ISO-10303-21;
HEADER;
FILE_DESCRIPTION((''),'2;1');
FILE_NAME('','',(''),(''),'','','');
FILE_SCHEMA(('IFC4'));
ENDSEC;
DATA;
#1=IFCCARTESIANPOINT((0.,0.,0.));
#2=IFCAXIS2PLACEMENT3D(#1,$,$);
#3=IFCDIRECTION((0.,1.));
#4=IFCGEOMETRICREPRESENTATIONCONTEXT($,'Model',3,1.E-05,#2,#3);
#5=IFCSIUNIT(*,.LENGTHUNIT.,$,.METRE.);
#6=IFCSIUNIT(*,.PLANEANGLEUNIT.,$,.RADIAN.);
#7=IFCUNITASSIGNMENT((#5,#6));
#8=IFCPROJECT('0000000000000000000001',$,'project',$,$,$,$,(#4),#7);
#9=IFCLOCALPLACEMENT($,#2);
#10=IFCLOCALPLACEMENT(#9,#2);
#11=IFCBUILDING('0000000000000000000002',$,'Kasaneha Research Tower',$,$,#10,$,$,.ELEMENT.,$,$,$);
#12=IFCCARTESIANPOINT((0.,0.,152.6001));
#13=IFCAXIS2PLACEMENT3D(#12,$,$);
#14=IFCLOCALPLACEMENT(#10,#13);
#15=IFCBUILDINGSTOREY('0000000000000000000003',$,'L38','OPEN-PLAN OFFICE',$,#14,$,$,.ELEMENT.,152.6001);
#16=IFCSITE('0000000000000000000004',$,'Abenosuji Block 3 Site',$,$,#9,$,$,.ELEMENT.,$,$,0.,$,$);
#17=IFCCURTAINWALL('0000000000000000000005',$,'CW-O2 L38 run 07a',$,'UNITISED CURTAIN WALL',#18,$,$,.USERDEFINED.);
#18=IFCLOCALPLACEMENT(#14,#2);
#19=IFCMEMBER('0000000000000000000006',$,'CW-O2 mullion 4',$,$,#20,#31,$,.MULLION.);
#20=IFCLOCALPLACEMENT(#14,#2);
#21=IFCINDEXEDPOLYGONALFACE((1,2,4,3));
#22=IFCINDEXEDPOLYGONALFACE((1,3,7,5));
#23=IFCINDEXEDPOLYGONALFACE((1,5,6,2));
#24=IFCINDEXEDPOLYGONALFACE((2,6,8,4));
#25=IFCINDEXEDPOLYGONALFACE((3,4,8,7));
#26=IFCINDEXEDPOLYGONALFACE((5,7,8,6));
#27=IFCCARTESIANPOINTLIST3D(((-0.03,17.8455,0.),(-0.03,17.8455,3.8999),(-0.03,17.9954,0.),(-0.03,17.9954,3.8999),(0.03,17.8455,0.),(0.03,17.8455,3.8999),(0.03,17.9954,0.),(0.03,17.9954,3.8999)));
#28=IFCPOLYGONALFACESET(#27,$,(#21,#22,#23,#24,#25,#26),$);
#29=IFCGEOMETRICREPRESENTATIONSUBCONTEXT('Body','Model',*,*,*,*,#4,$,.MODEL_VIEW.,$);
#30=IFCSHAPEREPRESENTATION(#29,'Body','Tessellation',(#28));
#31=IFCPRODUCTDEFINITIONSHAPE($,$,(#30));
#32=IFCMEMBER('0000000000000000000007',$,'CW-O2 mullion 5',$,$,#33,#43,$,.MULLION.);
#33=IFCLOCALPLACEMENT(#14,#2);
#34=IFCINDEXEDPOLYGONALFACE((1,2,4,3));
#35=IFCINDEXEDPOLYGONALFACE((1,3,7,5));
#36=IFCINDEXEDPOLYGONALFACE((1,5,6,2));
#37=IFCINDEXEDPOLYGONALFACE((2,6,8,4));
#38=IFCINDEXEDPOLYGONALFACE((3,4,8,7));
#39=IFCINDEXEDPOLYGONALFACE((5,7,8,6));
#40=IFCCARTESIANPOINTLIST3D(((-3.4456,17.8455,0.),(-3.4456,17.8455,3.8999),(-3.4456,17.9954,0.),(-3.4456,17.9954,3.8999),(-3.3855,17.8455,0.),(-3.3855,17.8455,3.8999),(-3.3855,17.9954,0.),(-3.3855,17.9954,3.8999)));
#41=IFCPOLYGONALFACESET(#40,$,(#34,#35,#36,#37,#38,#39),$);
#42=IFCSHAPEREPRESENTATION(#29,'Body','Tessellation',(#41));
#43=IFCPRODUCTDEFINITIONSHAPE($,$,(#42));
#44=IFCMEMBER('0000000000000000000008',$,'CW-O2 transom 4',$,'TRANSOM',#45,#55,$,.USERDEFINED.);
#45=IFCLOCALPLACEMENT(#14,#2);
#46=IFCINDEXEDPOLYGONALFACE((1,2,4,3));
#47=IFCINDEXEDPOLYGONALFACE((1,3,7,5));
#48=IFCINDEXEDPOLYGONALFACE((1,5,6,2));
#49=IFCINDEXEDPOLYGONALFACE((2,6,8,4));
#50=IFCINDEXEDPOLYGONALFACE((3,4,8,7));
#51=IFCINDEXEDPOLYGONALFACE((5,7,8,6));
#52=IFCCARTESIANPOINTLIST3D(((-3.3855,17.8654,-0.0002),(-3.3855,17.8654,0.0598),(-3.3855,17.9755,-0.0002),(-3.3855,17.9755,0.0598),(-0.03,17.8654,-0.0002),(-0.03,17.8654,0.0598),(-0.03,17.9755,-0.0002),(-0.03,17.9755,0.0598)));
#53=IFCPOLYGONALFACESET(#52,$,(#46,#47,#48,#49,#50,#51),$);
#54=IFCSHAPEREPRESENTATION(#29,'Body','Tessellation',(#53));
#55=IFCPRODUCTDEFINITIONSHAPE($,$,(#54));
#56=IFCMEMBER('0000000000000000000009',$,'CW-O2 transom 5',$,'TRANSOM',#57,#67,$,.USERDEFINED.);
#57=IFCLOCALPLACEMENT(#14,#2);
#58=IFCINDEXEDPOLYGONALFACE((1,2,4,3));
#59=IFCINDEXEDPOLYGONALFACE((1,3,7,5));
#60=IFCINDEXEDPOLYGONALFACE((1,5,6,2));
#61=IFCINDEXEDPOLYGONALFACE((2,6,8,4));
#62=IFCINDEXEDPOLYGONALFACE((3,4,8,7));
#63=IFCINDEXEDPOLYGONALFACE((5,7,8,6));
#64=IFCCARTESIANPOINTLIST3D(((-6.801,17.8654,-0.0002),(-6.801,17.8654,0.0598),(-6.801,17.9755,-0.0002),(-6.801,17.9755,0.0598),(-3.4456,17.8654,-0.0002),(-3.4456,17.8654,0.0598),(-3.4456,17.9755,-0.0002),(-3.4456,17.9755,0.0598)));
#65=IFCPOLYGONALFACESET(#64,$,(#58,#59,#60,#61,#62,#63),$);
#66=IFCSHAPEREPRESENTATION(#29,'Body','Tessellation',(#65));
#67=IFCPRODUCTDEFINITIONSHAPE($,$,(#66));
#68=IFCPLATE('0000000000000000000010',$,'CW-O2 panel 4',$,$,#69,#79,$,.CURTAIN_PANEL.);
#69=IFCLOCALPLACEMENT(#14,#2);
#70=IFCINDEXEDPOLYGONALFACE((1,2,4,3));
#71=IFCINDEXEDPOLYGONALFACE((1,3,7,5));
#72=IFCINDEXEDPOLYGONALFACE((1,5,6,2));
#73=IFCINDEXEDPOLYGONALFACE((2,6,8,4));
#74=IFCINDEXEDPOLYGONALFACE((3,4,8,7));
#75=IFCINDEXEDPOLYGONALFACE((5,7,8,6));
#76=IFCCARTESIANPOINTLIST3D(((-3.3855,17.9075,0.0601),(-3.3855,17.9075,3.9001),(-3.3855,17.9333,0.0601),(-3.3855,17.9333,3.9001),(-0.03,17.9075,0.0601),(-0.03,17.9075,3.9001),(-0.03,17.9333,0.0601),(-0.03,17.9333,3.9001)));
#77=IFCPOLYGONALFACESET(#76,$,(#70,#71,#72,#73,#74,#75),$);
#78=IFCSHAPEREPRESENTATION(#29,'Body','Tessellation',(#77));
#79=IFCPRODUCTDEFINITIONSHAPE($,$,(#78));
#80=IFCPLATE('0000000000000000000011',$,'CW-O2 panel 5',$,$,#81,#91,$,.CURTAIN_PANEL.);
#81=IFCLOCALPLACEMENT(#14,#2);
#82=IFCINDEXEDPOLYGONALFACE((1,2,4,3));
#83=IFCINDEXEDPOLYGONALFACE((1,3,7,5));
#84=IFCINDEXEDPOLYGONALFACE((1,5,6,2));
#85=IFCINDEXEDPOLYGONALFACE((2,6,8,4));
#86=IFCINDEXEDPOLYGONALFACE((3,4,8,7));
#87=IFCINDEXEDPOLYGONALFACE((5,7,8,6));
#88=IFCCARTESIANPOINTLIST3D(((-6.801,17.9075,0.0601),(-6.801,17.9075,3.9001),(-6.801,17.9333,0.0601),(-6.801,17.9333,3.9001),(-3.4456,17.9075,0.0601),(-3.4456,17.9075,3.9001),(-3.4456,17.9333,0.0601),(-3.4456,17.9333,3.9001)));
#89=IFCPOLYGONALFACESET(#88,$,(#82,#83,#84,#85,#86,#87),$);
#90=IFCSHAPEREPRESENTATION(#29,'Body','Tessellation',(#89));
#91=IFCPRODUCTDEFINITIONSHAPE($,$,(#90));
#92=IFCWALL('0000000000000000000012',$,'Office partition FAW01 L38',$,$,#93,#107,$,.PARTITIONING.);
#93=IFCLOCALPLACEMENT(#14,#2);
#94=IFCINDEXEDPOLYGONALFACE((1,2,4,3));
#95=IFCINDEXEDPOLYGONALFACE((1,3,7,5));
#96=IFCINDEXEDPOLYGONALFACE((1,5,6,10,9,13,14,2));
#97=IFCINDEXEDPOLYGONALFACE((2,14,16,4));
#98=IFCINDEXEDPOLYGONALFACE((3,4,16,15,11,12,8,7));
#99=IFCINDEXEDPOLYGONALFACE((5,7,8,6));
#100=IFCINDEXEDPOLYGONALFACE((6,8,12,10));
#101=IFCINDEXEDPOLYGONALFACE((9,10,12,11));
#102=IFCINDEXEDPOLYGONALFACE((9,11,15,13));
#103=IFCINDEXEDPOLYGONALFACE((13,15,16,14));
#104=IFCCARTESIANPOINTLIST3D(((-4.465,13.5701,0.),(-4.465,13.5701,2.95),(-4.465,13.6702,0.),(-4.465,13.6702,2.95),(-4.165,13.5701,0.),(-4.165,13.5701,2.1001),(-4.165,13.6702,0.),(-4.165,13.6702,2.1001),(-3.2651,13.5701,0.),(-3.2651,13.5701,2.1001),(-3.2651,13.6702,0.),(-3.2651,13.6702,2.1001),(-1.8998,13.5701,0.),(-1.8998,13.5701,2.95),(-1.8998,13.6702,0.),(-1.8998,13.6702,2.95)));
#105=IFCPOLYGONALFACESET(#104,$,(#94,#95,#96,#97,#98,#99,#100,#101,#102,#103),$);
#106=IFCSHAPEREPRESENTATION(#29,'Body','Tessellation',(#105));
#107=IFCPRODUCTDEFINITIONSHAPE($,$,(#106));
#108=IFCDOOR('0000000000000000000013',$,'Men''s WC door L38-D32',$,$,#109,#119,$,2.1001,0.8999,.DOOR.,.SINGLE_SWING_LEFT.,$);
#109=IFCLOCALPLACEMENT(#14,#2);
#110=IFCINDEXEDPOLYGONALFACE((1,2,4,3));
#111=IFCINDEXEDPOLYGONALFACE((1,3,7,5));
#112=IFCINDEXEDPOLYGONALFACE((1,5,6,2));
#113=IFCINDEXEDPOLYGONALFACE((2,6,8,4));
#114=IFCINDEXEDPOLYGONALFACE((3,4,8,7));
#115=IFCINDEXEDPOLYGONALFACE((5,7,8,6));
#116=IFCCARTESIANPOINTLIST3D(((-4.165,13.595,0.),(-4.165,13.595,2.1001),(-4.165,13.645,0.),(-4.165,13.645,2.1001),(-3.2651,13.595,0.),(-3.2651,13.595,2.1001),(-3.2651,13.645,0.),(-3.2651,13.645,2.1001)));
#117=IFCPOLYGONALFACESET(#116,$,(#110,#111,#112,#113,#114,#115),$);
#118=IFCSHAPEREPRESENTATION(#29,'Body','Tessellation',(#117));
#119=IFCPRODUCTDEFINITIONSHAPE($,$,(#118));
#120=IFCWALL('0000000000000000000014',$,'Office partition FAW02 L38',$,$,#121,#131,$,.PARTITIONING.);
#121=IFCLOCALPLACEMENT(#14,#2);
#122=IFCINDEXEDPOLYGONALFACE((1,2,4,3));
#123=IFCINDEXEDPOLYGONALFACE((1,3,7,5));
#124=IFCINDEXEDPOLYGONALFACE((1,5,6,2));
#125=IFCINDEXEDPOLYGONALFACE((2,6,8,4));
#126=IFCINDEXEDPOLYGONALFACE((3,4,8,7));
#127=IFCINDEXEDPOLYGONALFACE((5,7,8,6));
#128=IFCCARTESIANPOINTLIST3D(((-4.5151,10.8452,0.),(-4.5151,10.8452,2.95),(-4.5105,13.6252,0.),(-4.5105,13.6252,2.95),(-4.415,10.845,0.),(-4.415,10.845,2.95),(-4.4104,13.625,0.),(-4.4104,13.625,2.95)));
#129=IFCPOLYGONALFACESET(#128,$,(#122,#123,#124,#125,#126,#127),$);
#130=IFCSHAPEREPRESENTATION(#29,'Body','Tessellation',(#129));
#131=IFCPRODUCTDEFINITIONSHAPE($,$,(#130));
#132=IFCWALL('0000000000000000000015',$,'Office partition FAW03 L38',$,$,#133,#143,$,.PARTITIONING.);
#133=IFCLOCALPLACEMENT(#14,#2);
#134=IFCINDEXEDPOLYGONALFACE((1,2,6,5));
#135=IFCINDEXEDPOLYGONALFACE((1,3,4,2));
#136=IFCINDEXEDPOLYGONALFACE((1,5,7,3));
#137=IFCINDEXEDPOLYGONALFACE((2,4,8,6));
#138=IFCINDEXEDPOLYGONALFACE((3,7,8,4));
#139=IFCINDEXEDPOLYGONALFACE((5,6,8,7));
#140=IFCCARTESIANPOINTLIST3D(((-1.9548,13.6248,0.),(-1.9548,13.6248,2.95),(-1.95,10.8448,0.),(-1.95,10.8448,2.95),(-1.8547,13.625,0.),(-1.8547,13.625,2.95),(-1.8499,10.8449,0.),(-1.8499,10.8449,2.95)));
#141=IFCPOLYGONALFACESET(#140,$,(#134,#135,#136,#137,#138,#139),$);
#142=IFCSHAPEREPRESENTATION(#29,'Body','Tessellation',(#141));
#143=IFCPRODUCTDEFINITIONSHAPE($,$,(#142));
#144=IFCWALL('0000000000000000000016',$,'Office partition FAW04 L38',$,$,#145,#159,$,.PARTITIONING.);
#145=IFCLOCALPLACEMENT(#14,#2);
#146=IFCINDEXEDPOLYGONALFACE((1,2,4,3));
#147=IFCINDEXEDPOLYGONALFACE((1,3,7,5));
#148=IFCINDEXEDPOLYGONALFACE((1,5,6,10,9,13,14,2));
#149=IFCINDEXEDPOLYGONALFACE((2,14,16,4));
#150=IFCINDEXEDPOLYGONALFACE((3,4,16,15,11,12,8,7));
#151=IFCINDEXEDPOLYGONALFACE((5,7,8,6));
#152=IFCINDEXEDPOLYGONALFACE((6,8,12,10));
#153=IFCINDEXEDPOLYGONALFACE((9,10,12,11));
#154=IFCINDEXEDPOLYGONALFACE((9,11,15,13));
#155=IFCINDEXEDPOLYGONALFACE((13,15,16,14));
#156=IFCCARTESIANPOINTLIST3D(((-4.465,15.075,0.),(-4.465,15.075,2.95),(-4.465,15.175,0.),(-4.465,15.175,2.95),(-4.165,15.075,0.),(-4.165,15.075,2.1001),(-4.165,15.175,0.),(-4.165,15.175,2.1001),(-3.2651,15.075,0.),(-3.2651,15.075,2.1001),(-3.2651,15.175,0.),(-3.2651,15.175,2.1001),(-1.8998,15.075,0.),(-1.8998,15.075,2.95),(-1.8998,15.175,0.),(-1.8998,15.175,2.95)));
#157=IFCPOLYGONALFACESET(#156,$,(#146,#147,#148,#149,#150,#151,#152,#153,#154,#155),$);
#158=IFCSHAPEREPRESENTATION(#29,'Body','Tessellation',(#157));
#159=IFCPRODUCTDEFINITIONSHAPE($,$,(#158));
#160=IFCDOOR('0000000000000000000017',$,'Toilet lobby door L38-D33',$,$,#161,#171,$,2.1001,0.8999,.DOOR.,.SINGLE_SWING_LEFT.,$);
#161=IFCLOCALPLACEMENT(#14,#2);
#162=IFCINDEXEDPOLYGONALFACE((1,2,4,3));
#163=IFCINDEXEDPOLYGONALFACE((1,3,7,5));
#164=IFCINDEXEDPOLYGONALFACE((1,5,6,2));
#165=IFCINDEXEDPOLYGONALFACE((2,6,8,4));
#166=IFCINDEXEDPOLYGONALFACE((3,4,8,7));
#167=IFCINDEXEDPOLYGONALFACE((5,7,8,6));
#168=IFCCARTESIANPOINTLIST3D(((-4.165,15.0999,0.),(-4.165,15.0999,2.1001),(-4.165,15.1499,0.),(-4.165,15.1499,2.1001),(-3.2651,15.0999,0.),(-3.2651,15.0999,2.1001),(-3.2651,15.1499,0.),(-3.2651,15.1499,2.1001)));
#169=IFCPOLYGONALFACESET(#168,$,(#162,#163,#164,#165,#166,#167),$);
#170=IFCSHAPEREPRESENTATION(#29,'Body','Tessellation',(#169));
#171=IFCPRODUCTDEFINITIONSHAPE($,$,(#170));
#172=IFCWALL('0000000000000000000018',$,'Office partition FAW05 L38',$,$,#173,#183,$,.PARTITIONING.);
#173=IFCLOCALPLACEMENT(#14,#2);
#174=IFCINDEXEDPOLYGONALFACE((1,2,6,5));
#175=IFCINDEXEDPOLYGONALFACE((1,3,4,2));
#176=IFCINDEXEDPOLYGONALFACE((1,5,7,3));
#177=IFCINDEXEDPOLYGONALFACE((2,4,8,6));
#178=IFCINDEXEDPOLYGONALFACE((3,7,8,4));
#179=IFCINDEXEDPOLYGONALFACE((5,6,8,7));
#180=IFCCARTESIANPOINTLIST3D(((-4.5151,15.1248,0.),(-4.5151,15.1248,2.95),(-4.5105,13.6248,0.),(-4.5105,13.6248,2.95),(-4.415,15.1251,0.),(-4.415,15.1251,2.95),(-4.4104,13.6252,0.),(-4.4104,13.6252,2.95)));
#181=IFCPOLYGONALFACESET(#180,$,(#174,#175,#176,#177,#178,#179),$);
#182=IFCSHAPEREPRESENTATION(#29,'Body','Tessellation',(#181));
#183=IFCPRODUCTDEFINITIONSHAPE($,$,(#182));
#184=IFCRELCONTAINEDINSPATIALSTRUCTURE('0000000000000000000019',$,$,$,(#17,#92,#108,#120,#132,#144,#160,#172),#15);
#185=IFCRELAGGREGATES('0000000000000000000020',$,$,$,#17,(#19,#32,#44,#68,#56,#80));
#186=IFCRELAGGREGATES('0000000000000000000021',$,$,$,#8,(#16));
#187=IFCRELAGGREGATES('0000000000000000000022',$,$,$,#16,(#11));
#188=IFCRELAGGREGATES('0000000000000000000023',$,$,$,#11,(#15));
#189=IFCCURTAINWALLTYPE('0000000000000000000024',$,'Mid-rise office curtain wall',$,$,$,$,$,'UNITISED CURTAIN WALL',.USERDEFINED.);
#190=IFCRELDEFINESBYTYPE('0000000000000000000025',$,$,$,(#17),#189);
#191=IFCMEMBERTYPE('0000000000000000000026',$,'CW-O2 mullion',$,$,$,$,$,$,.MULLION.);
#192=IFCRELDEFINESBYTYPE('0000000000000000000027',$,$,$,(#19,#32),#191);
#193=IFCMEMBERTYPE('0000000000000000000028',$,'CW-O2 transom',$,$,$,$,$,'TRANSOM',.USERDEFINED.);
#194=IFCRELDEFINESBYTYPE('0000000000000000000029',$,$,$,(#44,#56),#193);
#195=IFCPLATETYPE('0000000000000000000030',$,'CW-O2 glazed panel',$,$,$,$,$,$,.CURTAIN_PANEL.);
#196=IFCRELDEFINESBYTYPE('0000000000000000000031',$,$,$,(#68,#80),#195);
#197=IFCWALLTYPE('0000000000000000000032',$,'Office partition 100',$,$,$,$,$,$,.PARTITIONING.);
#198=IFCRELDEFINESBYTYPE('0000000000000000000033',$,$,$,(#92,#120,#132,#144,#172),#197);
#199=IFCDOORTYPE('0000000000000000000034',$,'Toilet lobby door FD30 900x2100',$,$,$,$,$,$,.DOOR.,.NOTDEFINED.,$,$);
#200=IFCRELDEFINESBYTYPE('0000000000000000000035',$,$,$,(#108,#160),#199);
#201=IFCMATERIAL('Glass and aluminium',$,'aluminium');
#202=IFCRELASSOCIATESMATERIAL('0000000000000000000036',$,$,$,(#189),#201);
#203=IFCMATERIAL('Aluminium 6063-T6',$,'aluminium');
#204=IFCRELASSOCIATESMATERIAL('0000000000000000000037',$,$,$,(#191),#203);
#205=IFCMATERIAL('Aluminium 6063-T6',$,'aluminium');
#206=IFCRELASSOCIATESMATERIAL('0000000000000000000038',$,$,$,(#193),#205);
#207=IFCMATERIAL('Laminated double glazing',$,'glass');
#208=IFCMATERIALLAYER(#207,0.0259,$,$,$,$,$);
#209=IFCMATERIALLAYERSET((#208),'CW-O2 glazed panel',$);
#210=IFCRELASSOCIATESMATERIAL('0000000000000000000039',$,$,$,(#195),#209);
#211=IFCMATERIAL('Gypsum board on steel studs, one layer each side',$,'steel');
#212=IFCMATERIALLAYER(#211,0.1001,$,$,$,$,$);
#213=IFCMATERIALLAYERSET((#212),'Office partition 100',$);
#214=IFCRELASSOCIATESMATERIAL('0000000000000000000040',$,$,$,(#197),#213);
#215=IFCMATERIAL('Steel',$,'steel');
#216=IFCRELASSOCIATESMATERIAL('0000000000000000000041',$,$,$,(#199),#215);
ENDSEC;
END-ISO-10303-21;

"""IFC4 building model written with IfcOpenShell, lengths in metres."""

from ifc_helpers import new_model, si_unit, direction, frame, frame_2d, origin, origin_2d, place, context, subcontext, project, spatial, rectangle, extrude, material, layer, layer_set, material_profile, profile_set, type_object, element, fill, aggregate, save


model = new_model("IFC4")

# Units and contexts
model_context = context("Model", 3, precision=1e-05, world=origin(), true_north=direction((0.0, 1.0)))
body_context = subcontext(model_context, "Body", "Model", "MODEL_VIEW")
ifc_project = project(units=[si_unit("LENGTHUNIT", "METRE"), si_unit("PLANEANGLEUNIT", "RADIAN")], contexts=[model_context])

# Site, building, storey
site_placement = place(None, origin())
site = spatial("IfcSite", under=ifc_project, at=site_placement, Name="Abenosuji Block 3 Site", CompositionType="ELEMENT", RefElevation=0.0)
building_placement = place(site_placement, origin())
building = spatial("IfcBuilding", under=site, at=building_placement, Name="Kasaneha Research Tower", CompositionType="ELEMENT")
storey_placement = place(building_placement, frame((0.0, 0.0, 152.6001)))
storey = spatial("IfcBuildingStorey", under=building, at=storey_placement, Name="L38", Description="OPEN-PLAN OFFICE", CompositionType="ELEMENT", Elevation=152.6001)

# Curtain wall, members, plates
ifc_material_1 = material(Name="Glass and aluminium", Category="aluminium")
curtain_wall_type = type_object("IfcCurtainWallType", Name="Mid-rise office curtain wall", ElementType="UNITISED CURTAIN WALL", PredefinedType="USERDEFINED", material=ifc_material_1)
curtain_wall_placement = place(storey_placement, origin())
curtain_wall = element("IfcCurtainWall", 1, at=curtain_wall_placement, inside=storey, type_object=curtain_wall_type, Name="CW-O2 L38 run 07a", ObjectType="UNITISED CURTAIN WALL", PredefinedType="USERDEFINED")
ifc_material_2 = material(Name="Aluminium 6063-T6", Category="aluminium")
ifc_material_profile_1 = material_profile(ifc_material_2, rectangle(XDim=0.0601, YDim=0.1499, at=origin_2d()), Name="CW-O2 mullion 60x150")
ifc_profile_set_1 = profile_set([ifc_material_profile_1], Name="Aluminium 6063-T6")
member_type_1 = type_object("IfcMemberType", Name="CW-O2 mullion", PredefinedType="MULLION", material=ifc_profile_set_1)
member_1_placement = place(storey_placement, frame((0.0, 17.9204, 0.0), z_axis=(0.0, 0.0, 1.0), x_axis=(-1.0, 0.0, 0.0)))
member_1 = element("IfcMember", 2, at=member_1_placement, type_object=member_type_1, Name="CW-O2 mullion 4", PredefinedType="MULLION", context=body_context, shape_type="SweptSolid", body=[
    extrude(rectangle(XDim=0.0601, YDim=0.1499, at=origin_2d()), origin(), (0.0, 0.0, 1.0), 3.8999),
])
member_2_placement = place(storey_placement, frame((-3.4155, 17.9204, 0.0), z_axis=(0.0, 0.0, 1.0), x_axis=(-1.0, 0.0, 0.0)))
member_2 = element("IfcMember", 3, at=member_2_placement, type_object=member_type_1, Name="CW-O2 mullion 5", PredefinedType="MULLION", context=body_context, shape_type="SweptSolid", body=[
    extrude(rectangle(XDim=0.0601, YDim=0.1499, at=origin_2d()), origin(), (0.0, 0.0, 1.0), 3.8999),
])
ifc_material_3 = material(Name="Aluminium 6063-T6", Category="aluminium")
ifc_material_profile_2 = material_profile(ifc_material_3, rectangle(XDim=0.1101, YDim=0.0601, at=origin_2d()), Name="CW-O2 transom 110x60")
ifc_profile_set_2 = profile_set([ifc_material_profile_2], Name="Aluminium 6063-T6")
member_type_2 = type_object("IfcMemberType", Name="CW-O2 transom", ElementType="TRANSOM", PredefinedType="USERDEFINED", material=ifc_profile_set_2)
member_3_placement = place(storey_placement, frame((-0.03, 17.9204, 0.0298), z_axis=(-1.0, 0.0, 0.0), x_axis=(0.0, -1.0, 0.0)))
member_3 = element("IfcMember", 4, at=member_3_placement, type_object=member_type_2, Name="CW-O2 transom 4", ObjectType="TRANSOM", PredefinedType="USERDEFINED", context=body_context, shape_type="SweptSolid", body=[
    extrude(rectangle(XDim=0.1101, YDim=0.0601, at=origin_2d()), origin(), (0.0, 0.0, 1.0), 3.3555),
])
member_4_placement = place(storey_placement, frame((-3.4456, 17.9204, 0.0298), z_axis=(-1.0, 0.0, 0.0), x_axis=(0.0, -1.0, 0.0)))
member_4 = element("IfcMember", 5, at=member_4_placement, type_object=member_type_2, Name="CW-O2 transom 5", ObjectType="TRANSOM", PredefinedType="USERDEFINED", context=body_context, shape_type="SweptSolid", body=[
    extrude(rectangle(XDim=0.1101, YDim=0.0601, at=origin_2d()), origin(), (0.0, 0.0, 1.0), 3.3555),
])
ifc_material_4 = material(Name="Laminated double glazing", Category="glass")
ifc_layer_1 = layer(ifc_material_4, 0.0259)
ifc_layer_set_1 = layer_set([ifc_layer_1], Name="CW-O2 glazed panel")
plate_type = type_object("IfcPlateType", Name="CW-O2 glazed panel", PredefinedType="CURTAIN_PANEL", material=ifc_layer_set_1)
plate_1_placement = place(storey_placement, frame((-1.7078, 17.9204, 0.0601), z_axis=(0.0, 0.0, 1.0), x_axis=(-1.0, 0.0, 0.0)))
plate_1 = element("IfcPlate", 6, at=plate_1_placement, type_object=plate_type, Name="CW-O2 panel 4", PredefinedType="CURTAIN_PANEL", context=body_context, shape_type="SweptSolid", body=[
    extrude(rectangle(XDim=3.3555, YDim=0.0259, at=origin_2d()), origin(), (0.0, 0.0, 1.0), 3.8401),
])
plate_2_placement = place(storey_placement, frame((-5.1233, 17.9204, 0.0601), z_axis=(0.0, 0.0, 1.0), x_axis=(-1.0, 0.0, 0.0)))
plate_2 = element("IfcPlate", 7, at=plate_2_placement, type_object=plate_type, Name="CW-O2 panel 5", PredefinedType="CURTAIN_PANEL", context=body_context, shape_type="SweptSolid", body=[
    extrude(rectangle(XDim=3.3555, YDim=0.0259, at=origin_2d()), origin(), (0.0, 0.0, 1.0), 3.8401),
])
aggregate(curtain_wall, [member_1, member_2, member_3, plate_1, member_4, plate_2])

# Wall, opening, door
ifc_material_5 = material(Name="Gypsum board on steel studs, one layer each side", Category="steel")
ifc_layer_2 = layer(ifc_material_5, 0.1001)
ifc_layer_set_2 = layer_set([ifc_layer_2], Name="Office partition 100")
wall_type_1 = type_object("IfcWallType", Name="Office partition 100", PredefinedType="PARTITIONING", material=ifc_layer_set_2)
wall_1_placement = place(storey_placement, frame((-4.4651, 13.6201, 0.0), z_axis=(0.0, 0.0, 1.0), x_axis=(1.0, 0.0, 0.0)))
wall_1 = element("IfcWall", 8, at=wall_1_placement, inside=storey, type_object=wall_type_1, Name="Office partition FAW01 L38", PredefinedType="PARTITIONING", context=body_context, shape_type="SweptSolid", body=[
    extrude(rectangle(XDim=2.5652, YDim=0.1001, at=frame_2d((1.2827, 0.0))), origin(), (0.0, 0.0, 1.0), 2.95),
])
opening_1_placement = place(wall_1_placement, frame((0.3, 0.0, 0.0)))
opening_1 = element("IfcOpeningElement", 9, at=opening_1_placement, cuts=wall_1, PredefinedType="OPENING", context=body_context, shape_type="SweptSolid", body=[
    extrude(rectangle(XDim=0.8999, YDim=2.1001, at=frame_2d((0.45, 1.05))), frame((0.0, 0.0601, 0.0), z_axis=(0.0, -1.0, 0.0), x_axis=(1.0, 0.0, 0.0)), (0.0, 0.0, 1.0), 0.1201),
])
ifc_material_6 = material(Name="Steel", Category="steel")
door_type_1 = type_object("IfcDoorType", Name="Toilet lobby door FD30 900x2100", OperationType="NOTDEFINED", PredefinedType="DOOR", material=ifc_material_6)
door_1_placement = place(opening_1_placement, origin())
door_1 = element("IfcDoor", 10, at=door_1_placement, inside=storey, type_object=door_type_1, Name="Men's WC door L38-D32", OperationType="SINGLE_SWING_LEFT", OverallHeight=2.1001, OverallWidth=0.8999, PredefinedType="DOOR", context=body_context, shape_type="SweptSolid", body=[
    extrude(rectangle(XDim=0.8999, YDim=2.1001, at=frame_2d((0.45, 1.05))), frame((0.0, 0.0249, 0.0), z_axis=(0.0, -1.0, 0.0), x_axis=(1.0, 0.0, 0.0)), (0.0, 0.0, 1.0), 0.05),
])
fill(opening_1, door_1)

# Walls
for number, where, z_axis, x_axis, name in (
    (11, (-4.4651, 10.845, 0.0), (0.0, 0.0, 1.0), (0.001669, 0.999999, 0.0), "Office partition FAW02 L38"),
    (12, (-1.9048, 13.625, 0.0), (0.0, 0.0, 1.0), (0.001756, -0.999998, 0.0), "Office partition FAW03 L38"),
):
    element("IfcWall", number, at=place(storey_placement, frame(where, z_axis=z_axis, x_axis=x_axis)), inside=storey, type_object=wall_type_1, Name=name, PredefinedType="PARTITIONING", context=body_context, shape_type="SweptSolid", body=[
        extrude(rectangle(XDim=2.78, YDim=0.1001, at=frame_2d((1.3901, 0.0))), origin(), (0.0, 0.0, 1.0), 2.95),
    ])

# Wall, opening, door
wall_2_placement = place(storey_placement, frame((-4.4651, 15.125, 0.0), z_axis=(0.0, 0.0, 1.0), x_axis=(1.0, 0.0, 0.0)))
wall_2 = element("IfcWall", 13, at=wall_2_placement, inside=storey, type_object=wall_type_1, Name="Office partition FAW04 L38", PredefinedType="PARTITIONING", context=body_context, shape_type="SweptSolid", body=[
    extrude(rectangle(XDim=2.5652, YDim=0.1001, at=frame_2d((1.2827, 0.0))), origin(), (0.0, 0.0, 1.0), 2.95),
])
opening_2_placement = place(wall_2_placement, frame((0.3, 0.0, 0.0)))
opening_2 = element("IfcOpeningElement", 14, at=opening_2_placement, cuts=wall_2, PredefinedType="OPENING", context=body_context, shape_type="SweptSolid", body=[
    extrude(rectangle(XDim=0.8999, YDim=2.1001, at=frame_2d((0.45, 1.05))), frame((0.0, 0.0601, 0.0), z_axis=(0.0, -1.0, 0.0), x_axis=(1.0, 0.0, 0.0)), (0.0, 0.0, 1.0), 0.1201),
])
door_2_placement = place(opening_2_placement, origin())
door_2 = element("IfcDoor", 15, at=door_2_placement, inside=storey, type_object=door_type_1, Name="Toilet lobby door L38-D33", OperationType="SINGLE_SWING_LEFT", OverallHeight=2.1001, OverallWidth=0.8999, PredefinedType="DOOR", context=body_context, shape_type="SweptSolid", body=[
    extrude(rectangle(XDim=0.8999, YDim=2.1001, at=frame_2d((0.45, 1.05))), frame((0.0, 0.0249, 0.0), z_axis=(0.0, -1.0, 0.0), x_axis=(1.0, 0.0, 0.0)), (0.0, 0.0, 1.0), 0.05),
])
fill(opening_2, door_2)

# Wall
for number, where, z_axis, x_axis, name in (
    (16, (-4.4604, 13.625, 0.0), (0.0, 0.0, 1.0), (-0.003092, 0.999995, 0.0), "Office partition FAW05 L38"),
):
    element("IfcWall", number, at=place(storey_placement, frame(where, z_axis=z_axis, x_axis=x_axis)), inside=storey, type_object=wall_type_1, Name=name, PredefinedType="PARTITIONING", context=body_context, shape_type="SweptSolid", body=[
        extrude(rectangle(XDim=1.5, YDim=0.1001, at=frame_2d((0.75, 0.0))), origin(), (0.0, 0.0, 1.0), 2.95),
    ])

save(model, "model.ifc")
